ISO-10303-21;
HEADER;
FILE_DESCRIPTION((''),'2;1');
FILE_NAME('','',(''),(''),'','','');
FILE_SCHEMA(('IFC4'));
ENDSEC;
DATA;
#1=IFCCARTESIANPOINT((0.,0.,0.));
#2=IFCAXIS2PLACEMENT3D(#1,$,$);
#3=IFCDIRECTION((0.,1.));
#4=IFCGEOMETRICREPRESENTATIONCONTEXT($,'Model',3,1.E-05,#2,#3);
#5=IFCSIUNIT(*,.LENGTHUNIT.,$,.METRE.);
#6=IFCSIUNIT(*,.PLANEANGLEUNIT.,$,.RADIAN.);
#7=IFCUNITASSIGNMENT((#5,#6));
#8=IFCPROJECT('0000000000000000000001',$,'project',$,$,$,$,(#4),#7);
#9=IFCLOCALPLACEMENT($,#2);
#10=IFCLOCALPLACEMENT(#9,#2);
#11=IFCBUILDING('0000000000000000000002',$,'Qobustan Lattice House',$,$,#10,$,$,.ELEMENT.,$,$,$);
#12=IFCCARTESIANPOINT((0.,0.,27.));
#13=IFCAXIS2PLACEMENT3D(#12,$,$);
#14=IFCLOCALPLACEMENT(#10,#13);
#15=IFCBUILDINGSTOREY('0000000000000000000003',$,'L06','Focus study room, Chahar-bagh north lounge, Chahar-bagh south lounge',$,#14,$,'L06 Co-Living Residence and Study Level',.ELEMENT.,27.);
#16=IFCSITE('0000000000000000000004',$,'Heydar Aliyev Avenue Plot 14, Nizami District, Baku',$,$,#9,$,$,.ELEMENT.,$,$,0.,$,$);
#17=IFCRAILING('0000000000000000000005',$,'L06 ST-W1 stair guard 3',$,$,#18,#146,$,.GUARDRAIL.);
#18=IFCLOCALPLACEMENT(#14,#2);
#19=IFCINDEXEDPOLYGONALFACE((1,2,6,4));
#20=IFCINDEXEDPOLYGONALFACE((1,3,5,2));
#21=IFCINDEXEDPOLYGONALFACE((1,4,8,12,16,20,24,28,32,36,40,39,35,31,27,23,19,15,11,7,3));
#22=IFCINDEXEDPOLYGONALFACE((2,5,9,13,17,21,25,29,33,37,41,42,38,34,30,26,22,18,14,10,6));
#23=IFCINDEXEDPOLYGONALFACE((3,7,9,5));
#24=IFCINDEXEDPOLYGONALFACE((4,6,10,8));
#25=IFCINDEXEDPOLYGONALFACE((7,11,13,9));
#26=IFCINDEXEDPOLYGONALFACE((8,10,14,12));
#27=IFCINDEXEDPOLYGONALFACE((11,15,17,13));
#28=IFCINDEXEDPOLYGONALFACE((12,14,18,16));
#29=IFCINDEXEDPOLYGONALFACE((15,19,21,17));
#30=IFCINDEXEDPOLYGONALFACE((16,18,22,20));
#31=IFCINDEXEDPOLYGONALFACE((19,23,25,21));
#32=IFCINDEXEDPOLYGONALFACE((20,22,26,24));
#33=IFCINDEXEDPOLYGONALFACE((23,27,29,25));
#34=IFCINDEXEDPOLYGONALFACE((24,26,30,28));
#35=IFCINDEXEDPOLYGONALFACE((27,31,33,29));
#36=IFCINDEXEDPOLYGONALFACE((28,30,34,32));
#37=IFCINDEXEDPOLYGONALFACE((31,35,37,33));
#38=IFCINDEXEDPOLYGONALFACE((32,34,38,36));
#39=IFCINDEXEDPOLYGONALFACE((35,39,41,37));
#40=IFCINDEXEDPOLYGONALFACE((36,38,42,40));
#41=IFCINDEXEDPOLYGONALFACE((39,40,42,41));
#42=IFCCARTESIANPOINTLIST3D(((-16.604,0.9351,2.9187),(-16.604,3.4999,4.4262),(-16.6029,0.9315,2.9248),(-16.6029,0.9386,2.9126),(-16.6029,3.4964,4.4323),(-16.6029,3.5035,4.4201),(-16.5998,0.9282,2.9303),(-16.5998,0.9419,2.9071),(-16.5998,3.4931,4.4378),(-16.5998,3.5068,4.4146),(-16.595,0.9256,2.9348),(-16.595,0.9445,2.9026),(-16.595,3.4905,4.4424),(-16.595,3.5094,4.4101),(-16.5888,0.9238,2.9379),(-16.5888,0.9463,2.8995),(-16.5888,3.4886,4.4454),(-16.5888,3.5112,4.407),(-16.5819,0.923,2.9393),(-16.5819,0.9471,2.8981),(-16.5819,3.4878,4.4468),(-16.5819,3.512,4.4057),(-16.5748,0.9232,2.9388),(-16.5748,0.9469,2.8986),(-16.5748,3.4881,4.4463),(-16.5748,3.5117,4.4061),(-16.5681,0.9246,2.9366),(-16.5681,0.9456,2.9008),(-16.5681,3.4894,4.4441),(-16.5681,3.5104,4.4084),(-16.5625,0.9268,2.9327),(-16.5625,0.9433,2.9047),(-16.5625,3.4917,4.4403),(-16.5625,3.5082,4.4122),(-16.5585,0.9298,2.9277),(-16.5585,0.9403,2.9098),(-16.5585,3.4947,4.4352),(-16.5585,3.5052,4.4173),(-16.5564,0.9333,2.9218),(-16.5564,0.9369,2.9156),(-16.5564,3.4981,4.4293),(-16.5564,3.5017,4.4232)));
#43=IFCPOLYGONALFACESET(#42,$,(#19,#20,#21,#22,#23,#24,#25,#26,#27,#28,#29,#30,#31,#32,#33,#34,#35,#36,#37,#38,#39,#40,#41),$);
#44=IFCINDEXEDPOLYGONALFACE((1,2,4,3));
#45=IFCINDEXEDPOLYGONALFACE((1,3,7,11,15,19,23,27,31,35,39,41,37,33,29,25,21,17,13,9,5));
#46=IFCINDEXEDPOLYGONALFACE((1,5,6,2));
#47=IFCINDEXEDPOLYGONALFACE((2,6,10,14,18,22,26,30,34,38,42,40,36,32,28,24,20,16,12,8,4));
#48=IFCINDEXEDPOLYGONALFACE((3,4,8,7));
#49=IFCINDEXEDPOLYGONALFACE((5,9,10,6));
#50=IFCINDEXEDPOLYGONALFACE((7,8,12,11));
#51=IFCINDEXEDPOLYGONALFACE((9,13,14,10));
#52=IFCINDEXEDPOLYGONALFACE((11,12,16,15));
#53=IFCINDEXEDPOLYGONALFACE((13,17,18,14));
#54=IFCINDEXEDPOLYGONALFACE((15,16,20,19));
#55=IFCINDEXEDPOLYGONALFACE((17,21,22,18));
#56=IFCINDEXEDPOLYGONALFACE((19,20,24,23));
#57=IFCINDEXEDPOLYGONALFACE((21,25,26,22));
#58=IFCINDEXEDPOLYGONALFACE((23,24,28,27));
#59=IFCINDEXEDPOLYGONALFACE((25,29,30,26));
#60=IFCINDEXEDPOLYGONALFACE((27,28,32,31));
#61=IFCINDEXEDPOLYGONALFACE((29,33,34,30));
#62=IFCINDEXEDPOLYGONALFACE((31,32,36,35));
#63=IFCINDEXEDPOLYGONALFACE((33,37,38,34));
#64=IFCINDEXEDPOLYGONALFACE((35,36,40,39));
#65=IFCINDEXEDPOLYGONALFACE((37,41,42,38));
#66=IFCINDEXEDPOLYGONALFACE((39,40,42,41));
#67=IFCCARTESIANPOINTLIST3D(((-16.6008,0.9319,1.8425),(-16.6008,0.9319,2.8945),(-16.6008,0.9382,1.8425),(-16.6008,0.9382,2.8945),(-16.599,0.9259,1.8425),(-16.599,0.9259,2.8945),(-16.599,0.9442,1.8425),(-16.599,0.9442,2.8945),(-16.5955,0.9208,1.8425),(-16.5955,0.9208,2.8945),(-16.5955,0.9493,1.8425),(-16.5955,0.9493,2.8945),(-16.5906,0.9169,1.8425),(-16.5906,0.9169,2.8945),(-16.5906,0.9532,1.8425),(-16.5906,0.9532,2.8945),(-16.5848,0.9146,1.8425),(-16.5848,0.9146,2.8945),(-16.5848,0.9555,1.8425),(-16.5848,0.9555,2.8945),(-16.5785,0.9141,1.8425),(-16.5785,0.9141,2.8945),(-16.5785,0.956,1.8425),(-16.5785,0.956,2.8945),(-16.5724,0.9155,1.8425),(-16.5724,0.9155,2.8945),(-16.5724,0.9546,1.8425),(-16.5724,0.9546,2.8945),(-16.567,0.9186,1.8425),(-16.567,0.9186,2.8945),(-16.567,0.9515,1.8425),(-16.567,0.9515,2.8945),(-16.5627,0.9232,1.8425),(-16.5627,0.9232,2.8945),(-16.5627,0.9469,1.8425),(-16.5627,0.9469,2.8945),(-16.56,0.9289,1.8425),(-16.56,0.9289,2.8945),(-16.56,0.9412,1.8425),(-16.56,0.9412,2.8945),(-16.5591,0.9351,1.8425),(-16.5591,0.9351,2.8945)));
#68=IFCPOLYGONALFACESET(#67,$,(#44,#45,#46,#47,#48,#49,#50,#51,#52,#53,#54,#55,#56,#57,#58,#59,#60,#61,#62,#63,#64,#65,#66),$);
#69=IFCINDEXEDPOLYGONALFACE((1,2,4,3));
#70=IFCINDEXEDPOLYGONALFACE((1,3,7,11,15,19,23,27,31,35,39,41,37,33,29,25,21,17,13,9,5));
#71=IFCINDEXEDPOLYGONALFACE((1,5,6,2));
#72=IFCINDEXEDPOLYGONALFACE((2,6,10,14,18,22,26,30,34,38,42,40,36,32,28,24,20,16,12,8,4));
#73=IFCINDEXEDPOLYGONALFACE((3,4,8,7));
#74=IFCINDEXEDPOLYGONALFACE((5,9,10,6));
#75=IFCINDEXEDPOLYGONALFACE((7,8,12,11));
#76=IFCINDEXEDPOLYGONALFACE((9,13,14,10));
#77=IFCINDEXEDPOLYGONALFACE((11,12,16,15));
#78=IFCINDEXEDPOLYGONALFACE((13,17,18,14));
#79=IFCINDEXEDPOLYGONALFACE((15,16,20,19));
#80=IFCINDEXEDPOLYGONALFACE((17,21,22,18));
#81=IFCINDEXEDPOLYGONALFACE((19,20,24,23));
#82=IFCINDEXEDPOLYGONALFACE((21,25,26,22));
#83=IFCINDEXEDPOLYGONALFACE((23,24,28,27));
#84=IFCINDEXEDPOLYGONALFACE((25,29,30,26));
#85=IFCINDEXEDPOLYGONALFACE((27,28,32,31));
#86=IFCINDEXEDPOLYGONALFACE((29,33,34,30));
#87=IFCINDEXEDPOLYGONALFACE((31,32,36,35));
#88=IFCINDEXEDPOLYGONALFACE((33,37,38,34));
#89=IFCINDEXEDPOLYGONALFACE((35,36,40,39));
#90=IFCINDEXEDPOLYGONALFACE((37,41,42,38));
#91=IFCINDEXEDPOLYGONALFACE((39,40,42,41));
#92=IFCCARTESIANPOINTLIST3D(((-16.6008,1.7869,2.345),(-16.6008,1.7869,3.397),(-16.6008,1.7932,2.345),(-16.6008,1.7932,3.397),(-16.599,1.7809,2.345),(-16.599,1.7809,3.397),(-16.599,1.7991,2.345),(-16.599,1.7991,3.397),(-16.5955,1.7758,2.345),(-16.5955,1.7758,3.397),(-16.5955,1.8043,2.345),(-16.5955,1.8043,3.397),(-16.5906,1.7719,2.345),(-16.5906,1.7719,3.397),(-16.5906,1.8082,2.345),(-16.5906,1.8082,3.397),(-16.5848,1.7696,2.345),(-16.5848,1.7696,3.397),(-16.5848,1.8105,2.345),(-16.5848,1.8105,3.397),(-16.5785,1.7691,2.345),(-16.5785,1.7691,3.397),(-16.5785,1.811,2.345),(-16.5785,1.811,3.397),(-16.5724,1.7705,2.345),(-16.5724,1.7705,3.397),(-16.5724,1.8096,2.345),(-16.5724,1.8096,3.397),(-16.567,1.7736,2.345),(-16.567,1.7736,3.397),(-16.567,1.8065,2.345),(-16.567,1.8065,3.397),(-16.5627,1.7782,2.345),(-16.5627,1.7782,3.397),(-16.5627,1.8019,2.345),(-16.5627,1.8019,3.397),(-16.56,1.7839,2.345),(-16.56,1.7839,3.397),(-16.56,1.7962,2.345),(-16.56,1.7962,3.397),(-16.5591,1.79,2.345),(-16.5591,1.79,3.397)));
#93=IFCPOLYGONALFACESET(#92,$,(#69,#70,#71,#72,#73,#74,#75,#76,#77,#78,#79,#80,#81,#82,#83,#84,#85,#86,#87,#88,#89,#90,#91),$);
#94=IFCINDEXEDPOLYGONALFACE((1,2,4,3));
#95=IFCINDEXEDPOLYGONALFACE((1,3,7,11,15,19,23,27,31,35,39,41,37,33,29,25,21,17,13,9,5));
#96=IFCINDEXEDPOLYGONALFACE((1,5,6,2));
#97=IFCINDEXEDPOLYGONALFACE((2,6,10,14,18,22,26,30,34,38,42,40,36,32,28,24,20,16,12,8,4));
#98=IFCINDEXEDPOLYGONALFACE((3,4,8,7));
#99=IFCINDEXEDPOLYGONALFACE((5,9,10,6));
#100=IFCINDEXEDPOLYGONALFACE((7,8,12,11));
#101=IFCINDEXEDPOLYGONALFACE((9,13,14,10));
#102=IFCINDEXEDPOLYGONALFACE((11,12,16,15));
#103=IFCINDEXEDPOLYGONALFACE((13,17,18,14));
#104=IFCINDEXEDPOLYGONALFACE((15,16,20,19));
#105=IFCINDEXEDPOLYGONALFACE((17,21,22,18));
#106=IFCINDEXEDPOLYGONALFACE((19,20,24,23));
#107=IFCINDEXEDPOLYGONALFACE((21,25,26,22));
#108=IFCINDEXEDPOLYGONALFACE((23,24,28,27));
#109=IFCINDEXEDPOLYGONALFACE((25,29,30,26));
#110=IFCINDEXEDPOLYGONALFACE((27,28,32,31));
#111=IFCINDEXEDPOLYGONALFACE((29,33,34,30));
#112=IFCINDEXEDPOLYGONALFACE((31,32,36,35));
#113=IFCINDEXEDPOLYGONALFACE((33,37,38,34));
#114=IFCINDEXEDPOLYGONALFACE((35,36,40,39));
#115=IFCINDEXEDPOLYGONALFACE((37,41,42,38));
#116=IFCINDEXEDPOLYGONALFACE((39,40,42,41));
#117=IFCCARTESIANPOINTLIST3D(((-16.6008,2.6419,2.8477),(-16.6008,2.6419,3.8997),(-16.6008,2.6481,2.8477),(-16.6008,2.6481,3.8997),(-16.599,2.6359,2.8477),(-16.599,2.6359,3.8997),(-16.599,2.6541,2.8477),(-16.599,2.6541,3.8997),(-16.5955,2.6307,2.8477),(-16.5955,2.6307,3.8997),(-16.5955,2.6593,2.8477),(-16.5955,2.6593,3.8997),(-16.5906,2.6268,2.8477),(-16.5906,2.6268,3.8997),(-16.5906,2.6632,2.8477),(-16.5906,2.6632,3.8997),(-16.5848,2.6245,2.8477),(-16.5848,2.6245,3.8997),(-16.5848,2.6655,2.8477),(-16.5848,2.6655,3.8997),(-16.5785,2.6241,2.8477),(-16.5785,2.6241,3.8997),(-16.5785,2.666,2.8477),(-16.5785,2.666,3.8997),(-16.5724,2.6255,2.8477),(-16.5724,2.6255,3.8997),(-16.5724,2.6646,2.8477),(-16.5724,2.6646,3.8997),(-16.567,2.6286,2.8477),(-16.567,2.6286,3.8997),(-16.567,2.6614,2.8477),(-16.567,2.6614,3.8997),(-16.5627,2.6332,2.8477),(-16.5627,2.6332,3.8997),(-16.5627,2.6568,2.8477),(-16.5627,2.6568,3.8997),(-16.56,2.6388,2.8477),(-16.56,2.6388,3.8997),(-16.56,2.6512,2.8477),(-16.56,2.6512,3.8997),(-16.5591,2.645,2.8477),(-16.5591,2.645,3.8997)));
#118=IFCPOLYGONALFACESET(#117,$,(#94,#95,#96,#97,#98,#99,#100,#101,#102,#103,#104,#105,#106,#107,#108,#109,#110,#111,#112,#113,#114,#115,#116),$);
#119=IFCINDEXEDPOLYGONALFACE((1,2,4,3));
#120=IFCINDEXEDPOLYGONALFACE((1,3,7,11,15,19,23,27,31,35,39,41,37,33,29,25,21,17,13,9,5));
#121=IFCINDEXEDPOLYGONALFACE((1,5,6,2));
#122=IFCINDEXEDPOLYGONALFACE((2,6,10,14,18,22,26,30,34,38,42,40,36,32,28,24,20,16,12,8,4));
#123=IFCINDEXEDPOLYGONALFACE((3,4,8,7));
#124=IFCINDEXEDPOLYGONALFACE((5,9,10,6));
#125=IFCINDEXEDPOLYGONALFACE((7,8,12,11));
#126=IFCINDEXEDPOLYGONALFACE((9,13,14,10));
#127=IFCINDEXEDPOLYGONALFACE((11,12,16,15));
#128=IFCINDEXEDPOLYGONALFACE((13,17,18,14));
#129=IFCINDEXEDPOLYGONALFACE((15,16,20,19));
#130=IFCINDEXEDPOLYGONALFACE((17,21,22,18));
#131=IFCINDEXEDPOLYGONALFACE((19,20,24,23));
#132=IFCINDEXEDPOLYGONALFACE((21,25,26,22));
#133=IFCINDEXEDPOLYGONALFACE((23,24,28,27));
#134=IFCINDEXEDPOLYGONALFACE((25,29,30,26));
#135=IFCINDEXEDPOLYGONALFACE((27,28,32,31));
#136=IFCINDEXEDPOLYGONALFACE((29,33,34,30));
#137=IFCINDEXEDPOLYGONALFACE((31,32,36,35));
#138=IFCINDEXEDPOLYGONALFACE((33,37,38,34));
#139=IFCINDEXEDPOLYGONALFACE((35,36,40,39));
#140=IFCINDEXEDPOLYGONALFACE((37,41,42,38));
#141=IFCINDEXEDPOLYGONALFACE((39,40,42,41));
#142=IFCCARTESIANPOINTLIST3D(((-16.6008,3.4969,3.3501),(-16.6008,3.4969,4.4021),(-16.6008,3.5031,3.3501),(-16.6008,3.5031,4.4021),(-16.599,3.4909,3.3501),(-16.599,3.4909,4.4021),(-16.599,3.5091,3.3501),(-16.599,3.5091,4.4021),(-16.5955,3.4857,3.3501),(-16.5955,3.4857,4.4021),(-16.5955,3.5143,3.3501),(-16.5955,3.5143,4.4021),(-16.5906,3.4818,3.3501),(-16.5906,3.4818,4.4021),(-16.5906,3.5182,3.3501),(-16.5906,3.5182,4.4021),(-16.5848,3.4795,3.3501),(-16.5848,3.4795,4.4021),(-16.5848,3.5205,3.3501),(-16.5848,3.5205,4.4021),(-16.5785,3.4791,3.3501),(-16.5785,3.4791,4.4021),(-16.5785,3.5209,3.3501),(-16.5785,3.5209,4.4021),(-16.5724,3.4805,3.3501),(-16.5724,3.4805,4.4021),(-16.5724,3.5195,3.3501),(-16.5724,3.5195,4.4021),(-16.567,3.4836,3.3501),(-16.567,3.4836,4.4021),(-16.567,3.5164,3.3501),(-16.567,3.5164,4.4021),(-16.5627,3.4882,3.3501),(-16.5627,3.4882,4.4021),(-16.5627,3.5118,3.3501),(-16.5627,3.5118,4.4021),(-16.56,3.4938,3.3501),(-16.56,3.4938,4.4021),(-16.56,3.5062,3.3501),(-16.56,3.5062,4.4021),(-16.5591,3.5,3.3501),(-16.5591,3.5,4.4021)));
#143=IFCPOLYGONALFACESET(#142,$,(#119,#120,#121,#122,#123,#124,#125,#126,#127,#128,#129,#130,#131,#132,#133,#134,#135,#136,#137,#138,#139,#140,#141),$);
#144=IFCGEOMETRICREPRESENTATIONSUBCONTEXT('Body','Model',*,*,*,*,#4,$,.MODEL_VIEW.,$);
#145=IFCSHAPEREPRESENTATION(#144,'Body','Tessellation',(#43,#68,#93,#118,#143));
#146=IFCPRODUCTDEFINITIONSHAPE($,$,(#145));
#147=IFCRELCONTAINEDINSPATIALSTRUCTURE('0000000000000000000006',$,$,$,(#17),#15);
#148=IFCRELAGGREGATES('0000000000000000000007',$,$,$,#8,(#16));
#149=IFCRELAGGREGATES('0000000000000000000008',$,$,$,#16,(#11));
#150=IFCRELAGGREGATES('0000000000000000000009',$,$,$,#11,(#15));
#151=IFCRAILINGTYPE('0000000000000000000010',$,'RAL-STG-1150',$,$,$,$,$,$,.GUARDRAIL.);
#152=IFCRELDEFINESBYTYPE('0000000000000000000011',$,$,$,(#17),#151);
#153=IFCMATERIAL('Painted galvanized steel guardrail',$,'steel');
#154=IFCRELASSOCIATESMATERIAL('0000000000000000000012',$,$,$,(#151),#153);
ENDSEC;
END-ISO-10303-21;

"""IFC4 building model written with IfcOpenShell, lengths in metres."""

from ifc_helpers import new_model, si_unit, direction, frame, origin, origin_2d, place, context, subcontext, project, spatial, circle, extrude, material, type_object, element, save


model = new_model("IFC4")

# Units and contexts
model_context = context("Model", 3, precision=1e-05, world=origin(), true_north=direction((0.0, 1.0)))
body_context = subcontext(model_context, "Body", "Model", "MODEL_VIEW")
ifc_project = project(units=[si_unit("LENGTHUNIT", "METRE"), si_unit("PLANEANGLEUNIT", "RADIAN")], contexts=[model_context])

# Site, building, storey
site_placement = place(None, origin())
site = spatial("IfcSite", under=ifc_project, at=site_placement, Name="Heydar Aliyev Avenue Plot 14, Nizami District, Baku", CompositionType="ELEMENT", RefElevation=0.0)
building_placement = place(site_placement, origin())
building = spatial("IfcBuilding", under=site, at=building_placement, Name="Qobustan Lattice House", CompositionType="ELEMENT")
storey_placement = place(building_placement, frame((0.0, 0.0, 27.0)))
storey = spatial("IfcBuildingStorey", under=building, at=storey_placement, Name="L06", Description="Focus study room, Chahar-bagh north lounge, Chahar-bagh south lounge", LongName="L06 Co-Living Residence and Study Level", CompositionType="ELEMENT", Elevation=27.0)

# Railing
ifc_material_1 = material(Name="Painted galvanized steel guardrail", Category="steel")
railing_type_1 = type_object("IfcRailingType", Name="RAL-STG-1150", PredefinedType="GUARDRAIL", material=ifc_material_1)
railing_1_placement = place(storey_placement, frame((-16.5801, 0.9351, 1.8425)))
element("IfcRailing", 1, at=railing_1_placement, inside=storey, type_object=railing_type_1, Name="L06 ST-W1 stair guard 3", PredefinedType="GUARDRAIL", context=body_context, shape_type="SweptSolid", body=[
    extrude(circle(Radius=0.0239, at=origin_2d()), frame((0.0, 0.0, 1.0762), z_axis=(0.0, 0.862113, 0.506715), x_axis=(-1.0, 0.0, 0.0)), (0.0, 0.0, 1.0), 2.9751),
    extrude(circle(Radius=0.021, at=origin_2d()), origin(), (0.0, 0.0, 1.0), 1.052),
    extrude(circle(Radius=0.021, at=origin_2d()), frame((0.0, 0.855, 0.5024)), (0.0, 0.0, 1.0), 1.052),
    extrude(circle(Radius=0.021, at=origin_2d()), frame((0.0, 1.71, 1.0051)), (0.0, 0.0, 1.0), 1.052),
    extrude(circle(Radius=0.021, at=origin_2d()), frame((0.0, 2.5649, 1.5076)), (0.0, 0.0, 1.0), 1.052),
])

save(model, "model.ifc")
